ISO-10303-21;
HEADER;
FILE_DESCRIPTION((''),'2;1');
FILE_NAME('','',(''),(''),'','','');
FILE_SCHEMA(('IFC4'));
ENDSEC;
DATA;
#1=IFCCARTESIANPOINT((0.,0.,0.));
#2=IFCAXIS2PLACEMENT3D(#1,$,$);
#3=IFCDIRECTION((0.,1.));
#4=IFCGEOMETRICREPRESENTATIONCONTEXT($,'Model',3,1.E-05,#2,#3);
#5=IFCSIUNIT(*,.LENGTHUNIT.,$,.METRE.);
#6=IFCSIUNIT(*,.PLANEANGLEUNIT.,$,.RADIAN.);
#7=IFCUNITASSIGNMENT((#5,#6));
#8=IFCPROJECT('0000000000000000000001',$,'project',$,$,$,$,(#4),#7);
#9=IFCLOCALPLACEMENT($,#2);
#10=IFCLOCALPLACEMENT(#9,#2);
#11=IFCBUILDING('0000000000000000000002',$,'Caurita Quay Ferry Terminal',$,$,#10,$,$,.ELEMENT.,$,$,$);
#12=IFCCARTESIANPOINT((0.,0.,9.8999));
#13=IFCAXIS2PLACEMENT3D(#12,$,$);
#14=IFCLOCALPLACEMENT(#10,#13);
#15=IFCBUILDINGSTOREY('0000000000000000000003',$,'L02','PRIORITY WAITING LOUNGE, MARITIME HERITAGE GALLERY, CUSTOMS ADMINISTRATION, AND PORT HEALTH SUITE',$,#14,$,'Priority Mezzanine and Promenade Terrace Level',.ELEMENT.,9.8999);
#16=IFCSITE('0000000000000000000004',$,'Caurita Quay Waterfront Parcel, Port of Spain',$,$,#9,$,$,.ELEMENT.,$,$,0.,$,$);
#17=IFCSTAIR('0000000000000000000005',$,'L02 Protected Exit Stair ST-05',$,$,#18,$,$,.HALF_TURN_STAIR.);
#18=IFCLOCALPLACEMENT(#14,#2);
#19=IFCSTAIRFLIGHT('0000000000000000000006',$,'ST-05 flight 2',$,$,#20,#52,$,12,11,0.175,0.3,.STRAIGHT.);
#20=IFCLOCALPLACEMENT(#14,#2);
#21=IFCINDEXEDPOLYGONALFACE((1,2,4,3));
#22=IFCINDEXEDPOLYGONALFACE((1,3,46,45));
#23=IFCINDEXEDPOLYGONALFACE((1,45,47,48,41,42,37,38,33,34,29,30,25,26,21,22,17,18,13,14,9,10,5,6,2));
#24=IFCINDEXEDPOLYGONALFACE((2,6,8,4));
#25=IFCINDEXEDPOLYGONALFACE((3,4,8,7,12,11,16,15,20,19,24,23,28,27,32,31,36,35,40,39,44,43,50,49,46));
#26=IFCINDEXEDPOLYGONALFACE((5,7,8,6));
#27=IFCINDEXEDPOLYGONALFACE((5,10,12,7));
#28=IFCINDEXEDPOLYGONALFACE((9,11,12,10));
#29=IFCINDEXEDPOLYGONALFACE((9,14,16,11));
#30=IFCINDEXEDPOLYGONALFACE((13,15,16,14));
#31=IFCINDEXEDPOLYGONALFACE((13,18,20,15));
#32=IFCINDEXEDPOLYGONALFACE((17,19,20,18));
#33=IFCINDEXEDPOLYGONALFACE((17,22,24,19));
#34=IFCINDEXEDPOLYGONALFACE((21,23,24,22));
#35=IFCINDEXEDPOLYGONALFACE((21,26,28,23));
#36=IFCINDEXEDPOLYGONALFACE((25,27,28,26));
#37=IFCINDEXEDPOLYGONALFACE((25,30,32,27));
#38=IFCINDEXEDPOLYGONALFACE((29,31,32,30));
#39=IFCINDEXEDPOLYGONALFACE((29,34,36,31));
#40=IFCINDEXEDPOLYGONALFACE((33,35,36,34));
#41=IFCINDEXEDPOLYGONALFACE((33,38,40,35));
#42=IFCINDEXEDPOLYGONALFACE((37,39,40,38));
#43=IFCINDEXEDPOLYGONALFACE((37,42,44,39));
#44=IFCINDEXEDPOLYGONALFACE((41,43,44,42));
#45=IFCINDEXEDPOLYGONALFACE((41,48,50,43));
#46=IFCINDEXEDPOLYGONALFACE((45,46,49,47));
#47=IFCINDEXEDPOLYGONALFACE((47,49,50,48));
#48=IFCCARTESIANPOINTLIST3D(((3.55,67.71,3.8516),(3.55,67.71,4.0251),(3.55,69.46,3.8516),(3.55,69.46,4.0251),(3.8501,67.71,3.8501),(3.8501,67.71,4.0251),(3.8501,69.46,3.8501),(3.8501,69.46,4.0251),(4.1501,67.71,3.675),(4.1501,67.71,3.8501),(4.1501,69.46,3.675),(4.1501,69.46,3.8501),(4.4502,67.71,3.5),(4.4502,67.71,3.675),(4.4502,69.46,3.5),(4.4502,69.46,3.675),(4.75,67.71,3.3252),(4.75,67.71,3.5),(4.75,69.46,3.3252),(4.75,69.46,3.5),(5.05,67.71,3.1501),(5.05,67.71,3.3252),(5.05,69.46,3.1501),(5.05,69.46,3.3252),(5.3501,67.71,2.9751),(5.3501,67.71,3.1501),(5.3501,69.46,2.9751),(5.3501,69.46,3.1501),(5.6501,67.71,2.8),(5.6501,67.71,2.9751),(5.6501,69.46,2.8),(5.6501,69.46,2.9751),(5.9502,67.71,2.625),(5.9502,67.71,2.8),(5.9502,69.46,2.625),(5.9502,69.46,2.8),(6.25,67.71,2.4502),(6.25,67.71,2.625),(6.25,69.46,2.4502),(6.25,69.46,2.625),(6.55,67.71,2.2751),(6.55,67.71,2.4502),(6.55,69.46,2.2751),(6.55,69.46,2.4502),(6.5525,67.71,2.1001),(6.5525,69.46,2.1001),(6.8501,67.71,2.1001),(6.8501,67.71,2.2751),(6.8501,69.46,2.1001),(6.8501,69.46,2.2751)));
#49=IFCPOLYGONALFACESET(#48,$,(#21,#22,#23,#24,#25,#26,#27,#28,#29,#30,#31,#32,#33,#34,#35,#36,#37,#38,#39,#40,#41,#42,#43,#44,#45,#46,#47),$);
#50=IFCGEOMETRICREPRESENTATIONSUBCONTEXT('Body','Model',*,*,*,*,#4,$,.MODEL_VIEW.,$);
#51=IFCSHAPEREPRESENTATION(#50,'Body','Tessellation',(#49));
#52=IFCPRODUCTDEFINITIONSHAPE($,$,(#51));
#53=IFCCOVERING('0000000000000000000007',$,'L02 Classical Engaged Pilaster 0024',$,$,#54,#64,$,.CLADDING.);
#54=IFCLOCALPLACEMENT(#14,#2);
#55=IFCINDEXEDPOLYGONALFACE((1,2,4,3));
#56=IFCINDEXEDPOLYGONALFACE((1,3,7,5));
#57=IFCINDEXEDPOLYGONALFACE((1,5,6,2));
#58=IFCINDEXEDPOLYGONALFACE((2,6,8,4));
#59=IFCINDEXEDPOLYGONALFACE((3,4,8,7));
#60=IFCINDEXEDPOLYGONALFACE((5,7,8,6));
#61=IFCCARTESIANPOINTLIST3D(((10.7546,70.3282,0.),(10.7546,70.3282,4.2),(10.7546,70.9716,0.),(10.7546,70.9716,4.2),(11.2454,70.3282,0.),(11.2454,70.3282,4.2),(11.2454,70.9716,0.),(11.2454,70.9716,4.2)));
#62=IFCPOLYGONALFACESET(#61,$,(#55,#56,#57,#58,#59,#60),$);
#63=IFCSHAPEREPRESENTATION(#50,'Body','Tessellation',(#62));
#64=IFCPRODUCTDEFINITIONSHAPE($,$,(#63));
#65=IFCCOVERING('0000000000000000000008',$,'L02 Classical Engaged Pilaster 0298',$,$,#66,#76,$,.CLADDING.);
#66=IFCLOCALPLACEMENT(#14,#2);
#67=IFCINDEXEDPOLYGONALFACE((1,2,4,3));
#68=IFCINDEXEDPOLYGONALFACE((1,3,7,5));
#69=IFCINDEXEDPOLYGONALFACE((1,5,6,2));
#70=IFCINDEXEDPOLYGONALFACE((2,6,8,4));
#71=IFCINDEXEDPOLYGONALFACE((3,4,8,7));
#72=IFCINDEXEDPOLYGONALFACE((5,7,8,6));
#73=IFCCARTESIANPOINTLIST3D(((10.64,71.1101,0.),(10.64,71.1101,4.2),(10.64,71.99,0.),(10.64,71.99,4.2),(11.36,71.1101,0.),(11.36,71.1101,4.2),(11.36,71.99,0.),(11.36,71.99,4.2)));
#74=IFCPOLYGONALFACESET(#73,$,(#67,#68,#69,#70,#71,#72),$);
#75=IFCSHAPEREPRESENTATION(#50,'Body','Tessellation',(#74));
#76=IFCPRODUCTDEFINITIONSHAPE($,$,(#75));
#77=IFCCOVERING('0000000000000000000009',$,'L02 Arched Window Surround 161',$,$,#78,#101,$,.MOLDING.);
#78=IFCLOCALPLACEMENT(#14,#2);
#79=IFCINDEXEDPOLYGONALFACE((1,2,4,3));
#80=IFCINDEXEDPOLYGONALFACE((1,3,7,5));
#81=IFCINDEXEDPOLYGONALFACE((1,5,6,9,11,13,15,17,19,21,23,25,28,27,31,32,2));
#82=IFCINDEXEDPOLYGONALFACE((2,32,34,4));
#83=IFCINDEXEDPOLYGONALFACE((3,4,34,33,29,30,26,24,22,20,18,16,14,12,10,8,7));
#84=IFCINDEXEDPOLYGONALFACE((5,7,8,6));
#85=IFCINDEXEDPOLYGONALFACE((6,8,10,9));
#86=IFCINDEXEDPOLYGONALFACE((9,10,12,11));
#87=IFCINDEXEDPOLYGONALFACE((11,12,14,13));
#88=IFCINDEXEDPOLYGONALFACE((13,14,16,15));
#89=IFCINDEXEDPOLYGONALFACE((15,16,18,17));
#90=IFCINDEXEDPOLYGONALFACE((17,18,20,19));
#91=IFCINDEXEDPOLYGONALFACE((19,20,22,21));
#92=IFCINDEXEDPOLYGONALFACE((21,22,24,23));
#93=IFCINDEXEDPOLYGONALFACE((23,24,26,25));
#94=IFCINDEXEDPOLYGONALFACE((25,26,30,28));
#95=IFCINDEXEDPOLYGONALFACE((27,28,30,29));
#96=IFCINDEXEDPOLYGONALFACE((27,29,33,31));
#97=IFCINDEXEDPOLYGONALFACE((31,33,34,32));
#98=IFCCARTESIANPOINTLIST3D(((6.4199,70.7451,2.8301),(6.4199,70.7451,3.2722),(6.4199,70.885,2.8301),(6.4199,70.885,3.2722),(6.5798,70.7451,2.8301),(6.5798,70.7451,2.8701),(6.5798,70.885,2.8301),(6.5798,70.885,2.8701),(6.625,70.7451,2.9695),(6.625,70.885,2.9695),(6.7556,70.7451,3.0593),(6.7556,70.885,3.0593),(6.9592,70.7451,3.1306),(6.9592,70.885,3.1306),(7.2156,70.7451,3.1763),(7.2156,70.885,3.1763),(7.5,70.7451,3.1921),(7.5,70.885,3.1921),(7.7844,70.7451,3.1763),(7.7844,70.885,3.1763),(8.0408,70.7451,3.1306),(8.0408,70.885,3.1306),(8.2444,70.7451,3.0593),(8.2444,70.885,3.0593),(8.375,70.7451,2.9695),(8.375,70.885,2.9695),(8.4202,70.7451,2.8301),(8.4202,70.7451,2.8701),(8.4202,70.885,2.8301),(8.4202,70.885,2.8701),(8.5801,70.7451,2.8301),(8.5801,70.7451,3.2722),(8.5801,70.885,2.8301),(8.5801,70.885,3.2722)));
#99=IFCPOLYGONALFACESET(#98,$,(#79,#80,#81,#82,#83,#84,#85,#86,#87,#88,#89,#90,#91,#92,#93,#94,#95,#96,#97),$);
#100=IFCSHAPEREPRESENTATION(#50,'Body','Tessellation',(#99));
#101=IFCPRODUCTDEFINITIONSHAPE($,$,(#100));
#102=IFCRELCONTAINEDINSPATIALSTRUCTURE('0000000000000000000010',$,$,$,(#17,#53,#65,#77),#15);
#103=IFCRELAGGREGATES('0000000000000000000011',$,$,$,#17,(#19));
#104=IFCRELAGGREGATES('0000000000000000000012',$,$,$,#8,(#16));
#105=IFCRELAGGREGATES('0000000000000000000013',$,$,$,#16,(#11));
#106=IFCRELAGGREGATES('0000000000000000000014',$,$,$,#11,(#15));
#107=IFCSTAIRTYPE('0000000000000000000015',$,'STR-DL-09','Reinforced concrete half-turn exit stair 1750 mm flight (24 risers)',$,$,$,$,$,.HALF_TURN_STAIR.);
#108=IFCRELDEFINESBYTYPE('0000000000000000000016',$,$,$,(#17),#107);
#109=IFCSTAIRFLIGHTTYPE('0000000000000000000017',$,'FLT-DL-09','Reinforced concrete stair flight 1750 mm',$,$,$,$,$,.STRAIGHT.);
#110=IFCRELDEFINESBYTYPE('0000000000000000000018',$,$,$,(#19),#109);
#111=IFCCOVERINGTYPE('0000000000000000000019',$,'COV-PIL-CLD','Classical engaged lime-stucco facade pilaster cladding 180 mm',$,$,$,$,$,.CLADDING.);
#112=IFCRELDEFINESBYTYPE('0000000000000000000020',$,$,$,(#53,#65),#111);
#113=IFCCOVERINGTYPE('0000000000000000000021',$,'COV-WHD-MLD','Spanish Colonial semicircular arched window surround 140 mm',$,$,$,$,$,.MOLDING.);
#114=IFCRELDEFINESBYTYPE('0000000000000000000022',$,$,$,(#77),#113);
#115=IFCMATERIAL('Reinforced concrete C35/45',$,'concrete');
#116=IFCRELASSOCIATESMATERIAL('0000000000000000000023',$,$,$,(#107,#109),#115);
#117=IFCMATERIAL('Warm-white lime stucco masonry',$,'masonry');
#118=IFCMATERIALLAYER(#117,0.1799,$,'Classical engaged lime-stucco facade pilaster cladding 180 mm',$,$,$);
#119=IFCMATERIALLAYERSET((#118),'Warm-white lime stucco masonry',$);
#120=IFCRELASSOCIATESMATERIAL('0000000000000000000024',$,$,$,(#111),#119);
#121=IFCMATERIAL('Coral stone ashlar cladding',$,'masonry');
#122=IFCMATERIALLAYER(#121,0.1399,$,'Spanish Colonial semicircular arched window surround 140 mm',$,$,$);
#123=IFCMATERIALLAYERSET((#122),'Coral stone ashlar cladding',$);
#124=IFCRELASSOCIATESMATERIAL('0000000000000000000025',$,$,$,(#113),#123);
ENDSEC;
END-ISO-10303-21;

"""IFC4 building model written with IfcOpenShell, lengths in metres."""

from ifc_helpers import new_model, si_unit, direction, frame, origin, origin_2d, place, context, subcontext, project, spatial, polyline, rectangle, outline, extrude, material, layer, layer_set, type_object, element, aggregate, save


model = new_model("IFC4")

# Units and contexts
model_context = context("Model", 3, precision=1e-05, world=origin(), true_north=direction((0.0, 1.0)))
body_context = subcontext(model_context, "Body", "Model", "MODEL_VIEW")
ifc_project = project(units=[si_unit("LENGTHUNIT", "METRE"), si_unit("PLANEANGLEUNIT", "RADIAN")], contexts=[model_context])

# Site, building, storey
site_placement = place(None, origin())
site = spatial("IfcSite", under=ifc_project, at=site_placement, Name="Caurita Quay Waterfront Parcel, Port of Spain", CompositionType="ELEMENT", RefElevation=0.0)
building_placement = place(site_placement, origin())
building = spatial("IfcBuilding", under=site, at=building_placement, Name="Caurita Quay Ferry Terminal", CompositionType="ELEMENT")
storey_placement = place(building_placement, frame((0.0, 0.0, 9.8999)))
storey = spatial("IfcBuildingStorey", under=building, at=storey_placement, Name="L02", Description="PRIORITY WAITING LOUNGE, MARITIME HERITAGE GALLERY, CUSTOMS ADMINISTRATION, AND PORT HEALTH SUITE", LongName="Priority Mezzanine and Promenade Terrace Level", CompositionType="ELEMENT", Elevation=9.8999)

# Shared definitions
ifc_material_1 = material(Name="Reinforced concrete C35/45", Category="concrete")

# Shared definitions
ifc_material_2 = material(Name="Warm-white lime stucco masonry", Category="masonry")

# Stair, stair flight
stair_type = type_object("IfcStairType", Name="STR-DL-09", Description="Reinforced concrete half-turn exit stair 1750 mm flight (24 risers)", PredefinedType="HALF_TURN_STAIR", material=ifc_material_1)
stair_placement = place(storey_placement, origin())
stair = element("IfcStair", 1, at=stair_placement, inside=storey, type_object=stair_type, Name="L02 Protected Exit Stair ST-05", PredefinedType="HALF_TURN_STAIR")
stair_flight_type = type_object("IfcStairFlightType", Name="FLT-DL-09", Description="Reinforced concrete stair flight 1750 mm", PredefinedType="STRAIGHT", material=ifc_material_1)
stair_flight_placement = place(storey_placement, frame((6.8501, 68.585, 2.1001), z_axis=(0.0, 0.0, 1.0), x_axis=(-1.0, 0.0, 0.0)))
stair_flight = element("IfcStairFlight", 2, at=stair_flight_placement, type_object=stair_flight_type, Name="ST-05 flight 2", NumberOfRisers=12, NumberOfTreads=11, PredefinedType="STRAIGHT", RiserHeight=0.175, TreadLength=0.3, context=body_context, shape_type="SweptSolid", body=[
    extrude(outline(polyline([(0.0, 0.0), (0.0, 0.175), (0.3, 0.175), (0.3, 0.3501), (0.6001, 0.3501), (0.6001, 0.5249), (0.8999, 0.5249), (0.8999, 0.7), (1.2, 0.7), (1.2, 0.875), (1.5, 0.875), (1.5, 1.05), (1.8, 1.05), (1.8, 1.2251), (2.1001, 1.2251), (2.1001, 1.3999), (2.3999, 1.3999), (2.3999, 1.575), (2.7, 1.575), (2.7, 1.75), (3.0, 1.75), (3.0, 1.925), (3.3, 1.925), (3.3, 2.1001), (3.3, 1.7515), (0.2976, 0.0), (0.0, 0.0)])), frame((0.0, 0.875, 0.0), z_axis=(0.0, -1.0, 0.0), x_axis=(1.0, 0.0, 0.0)), (0.0, 0.0, 1.0), 1.75),
])
aggregate(stair, [stair_flight])

# Coverings
ifc_layer_1 = layer(ifc_material_2, 0.1799, Name="Classical engaged lime-stucco facade pilaster cladding 180 mm")
ifc_layer_set_1 = layer_set([ifc_layer_1], Name="Warm-white lime stucco masonry")
covering_type_1 = type_object("IfcCoveringType", Name="COV-PIL-CLD", Description="Classical engaged lime-stucco facade pilaster cladding 180 mm", PredefinedType="CLADDING", material=ifc_layer_set_1)
covering_1_placement = place(storey_placement, frame((11.0, 70.6499, 0.0), z_axis=(0.0, 0.0, 1.0), x_axis=(1.0, 0.0, 0.0)))
element("IfcCovering", 3, at=covering_1_placement, inside=storey, type_object=covering_type_1, Name="L02 Classical Engaged Pilaster 0024", PredefinedType="CLADDING", context=body_context, shape_type="SweptSolid", body=[
    extrude(rectangle(XDim=0.4907, YDim=0.6433, at=origin_2d()), origin(), (0.0, 0.0, 1.0), 4.2),
])
covering_2_placement = place(storey_placement, frame((11.0, 71.55, 0.0), z_axis=(0.0, 0.0, 1.0), x_axis=(1.0, 0.0, 0.0)))
element("IfcCovering", 4, at=covering_2_placement, inside=storey, type_object=covering_type_1, Name="L02 Classical Engaged Pilaster 0298", PredefinedType="CLADDING", context=body_context, shape_type="SweptSolid", body=[
    extrude(rectangle(XDim=0.72, YDim=0.8799, at=origin_2d()), origin(), (0.0, 0.0, 1.0), 4.2),
])
ifc_material_3 = material(Name="Coral stone ashlar cladding", Category="masonry")
ifc_layer_2 = layer(ifc_material_3, 0.1399, Name="Spanish Colonial semicircular arched window surround 140 mm")
ifc_layer_set_2 = layer_set([ifc_layer_2], Name="Coral stone ashlar cladding")
covering_type_2 = type_object("IfcCoveringType", Name="COV-WHD-MLD", Description="Spanish Colonial semicircular arched window surround 140 mm", PredefinedType="MOLDING", material=ifc_layer_set_2)
covering_3_placement = place(storey_placement, frame((8.5801, 70.8149, 2.8301), z_axis=(0.0, 0.0, 1.0), x_axis=(-1.0, 0.0, 0.0)))
element("IfcCovering", 5, at=covering_3_placement, inside=storey, type_object=covering_type_2, Name="L02 Arched Window Surround 161", PredefinedType="MOLDING", context=body_context, shape_type="SweptSolid", body=[
    extrude(outline(polyline([(0.0, 0.0), (0.1599, 0.0), (0.1599, 0.04), (0.2051, 0.1394), (0.3357, 0.2292), (0.5393, 0.3005), (0.7957, 0.3462), (1.0801, 0.3621), (1.3645, 0.3462), (1.6208, 0.3005), (1.8245, 0.2292), (1.9551, 0.1394), (2.0002, 0.04), (2.0002, 0.0), (2.1602, 0.0), (2.1602, 0.4421), (0.0, 0.4421), (0.0, 0.0)])), frame((0.0, 0.0698, 0.0), z_axis=(0.0, -1.0, 0.0), x_axis=(1.0, 0.0, 0.0)), (0.0, 0.0, 1.0), 0.1399),
])

save(model, "model.ifc")
